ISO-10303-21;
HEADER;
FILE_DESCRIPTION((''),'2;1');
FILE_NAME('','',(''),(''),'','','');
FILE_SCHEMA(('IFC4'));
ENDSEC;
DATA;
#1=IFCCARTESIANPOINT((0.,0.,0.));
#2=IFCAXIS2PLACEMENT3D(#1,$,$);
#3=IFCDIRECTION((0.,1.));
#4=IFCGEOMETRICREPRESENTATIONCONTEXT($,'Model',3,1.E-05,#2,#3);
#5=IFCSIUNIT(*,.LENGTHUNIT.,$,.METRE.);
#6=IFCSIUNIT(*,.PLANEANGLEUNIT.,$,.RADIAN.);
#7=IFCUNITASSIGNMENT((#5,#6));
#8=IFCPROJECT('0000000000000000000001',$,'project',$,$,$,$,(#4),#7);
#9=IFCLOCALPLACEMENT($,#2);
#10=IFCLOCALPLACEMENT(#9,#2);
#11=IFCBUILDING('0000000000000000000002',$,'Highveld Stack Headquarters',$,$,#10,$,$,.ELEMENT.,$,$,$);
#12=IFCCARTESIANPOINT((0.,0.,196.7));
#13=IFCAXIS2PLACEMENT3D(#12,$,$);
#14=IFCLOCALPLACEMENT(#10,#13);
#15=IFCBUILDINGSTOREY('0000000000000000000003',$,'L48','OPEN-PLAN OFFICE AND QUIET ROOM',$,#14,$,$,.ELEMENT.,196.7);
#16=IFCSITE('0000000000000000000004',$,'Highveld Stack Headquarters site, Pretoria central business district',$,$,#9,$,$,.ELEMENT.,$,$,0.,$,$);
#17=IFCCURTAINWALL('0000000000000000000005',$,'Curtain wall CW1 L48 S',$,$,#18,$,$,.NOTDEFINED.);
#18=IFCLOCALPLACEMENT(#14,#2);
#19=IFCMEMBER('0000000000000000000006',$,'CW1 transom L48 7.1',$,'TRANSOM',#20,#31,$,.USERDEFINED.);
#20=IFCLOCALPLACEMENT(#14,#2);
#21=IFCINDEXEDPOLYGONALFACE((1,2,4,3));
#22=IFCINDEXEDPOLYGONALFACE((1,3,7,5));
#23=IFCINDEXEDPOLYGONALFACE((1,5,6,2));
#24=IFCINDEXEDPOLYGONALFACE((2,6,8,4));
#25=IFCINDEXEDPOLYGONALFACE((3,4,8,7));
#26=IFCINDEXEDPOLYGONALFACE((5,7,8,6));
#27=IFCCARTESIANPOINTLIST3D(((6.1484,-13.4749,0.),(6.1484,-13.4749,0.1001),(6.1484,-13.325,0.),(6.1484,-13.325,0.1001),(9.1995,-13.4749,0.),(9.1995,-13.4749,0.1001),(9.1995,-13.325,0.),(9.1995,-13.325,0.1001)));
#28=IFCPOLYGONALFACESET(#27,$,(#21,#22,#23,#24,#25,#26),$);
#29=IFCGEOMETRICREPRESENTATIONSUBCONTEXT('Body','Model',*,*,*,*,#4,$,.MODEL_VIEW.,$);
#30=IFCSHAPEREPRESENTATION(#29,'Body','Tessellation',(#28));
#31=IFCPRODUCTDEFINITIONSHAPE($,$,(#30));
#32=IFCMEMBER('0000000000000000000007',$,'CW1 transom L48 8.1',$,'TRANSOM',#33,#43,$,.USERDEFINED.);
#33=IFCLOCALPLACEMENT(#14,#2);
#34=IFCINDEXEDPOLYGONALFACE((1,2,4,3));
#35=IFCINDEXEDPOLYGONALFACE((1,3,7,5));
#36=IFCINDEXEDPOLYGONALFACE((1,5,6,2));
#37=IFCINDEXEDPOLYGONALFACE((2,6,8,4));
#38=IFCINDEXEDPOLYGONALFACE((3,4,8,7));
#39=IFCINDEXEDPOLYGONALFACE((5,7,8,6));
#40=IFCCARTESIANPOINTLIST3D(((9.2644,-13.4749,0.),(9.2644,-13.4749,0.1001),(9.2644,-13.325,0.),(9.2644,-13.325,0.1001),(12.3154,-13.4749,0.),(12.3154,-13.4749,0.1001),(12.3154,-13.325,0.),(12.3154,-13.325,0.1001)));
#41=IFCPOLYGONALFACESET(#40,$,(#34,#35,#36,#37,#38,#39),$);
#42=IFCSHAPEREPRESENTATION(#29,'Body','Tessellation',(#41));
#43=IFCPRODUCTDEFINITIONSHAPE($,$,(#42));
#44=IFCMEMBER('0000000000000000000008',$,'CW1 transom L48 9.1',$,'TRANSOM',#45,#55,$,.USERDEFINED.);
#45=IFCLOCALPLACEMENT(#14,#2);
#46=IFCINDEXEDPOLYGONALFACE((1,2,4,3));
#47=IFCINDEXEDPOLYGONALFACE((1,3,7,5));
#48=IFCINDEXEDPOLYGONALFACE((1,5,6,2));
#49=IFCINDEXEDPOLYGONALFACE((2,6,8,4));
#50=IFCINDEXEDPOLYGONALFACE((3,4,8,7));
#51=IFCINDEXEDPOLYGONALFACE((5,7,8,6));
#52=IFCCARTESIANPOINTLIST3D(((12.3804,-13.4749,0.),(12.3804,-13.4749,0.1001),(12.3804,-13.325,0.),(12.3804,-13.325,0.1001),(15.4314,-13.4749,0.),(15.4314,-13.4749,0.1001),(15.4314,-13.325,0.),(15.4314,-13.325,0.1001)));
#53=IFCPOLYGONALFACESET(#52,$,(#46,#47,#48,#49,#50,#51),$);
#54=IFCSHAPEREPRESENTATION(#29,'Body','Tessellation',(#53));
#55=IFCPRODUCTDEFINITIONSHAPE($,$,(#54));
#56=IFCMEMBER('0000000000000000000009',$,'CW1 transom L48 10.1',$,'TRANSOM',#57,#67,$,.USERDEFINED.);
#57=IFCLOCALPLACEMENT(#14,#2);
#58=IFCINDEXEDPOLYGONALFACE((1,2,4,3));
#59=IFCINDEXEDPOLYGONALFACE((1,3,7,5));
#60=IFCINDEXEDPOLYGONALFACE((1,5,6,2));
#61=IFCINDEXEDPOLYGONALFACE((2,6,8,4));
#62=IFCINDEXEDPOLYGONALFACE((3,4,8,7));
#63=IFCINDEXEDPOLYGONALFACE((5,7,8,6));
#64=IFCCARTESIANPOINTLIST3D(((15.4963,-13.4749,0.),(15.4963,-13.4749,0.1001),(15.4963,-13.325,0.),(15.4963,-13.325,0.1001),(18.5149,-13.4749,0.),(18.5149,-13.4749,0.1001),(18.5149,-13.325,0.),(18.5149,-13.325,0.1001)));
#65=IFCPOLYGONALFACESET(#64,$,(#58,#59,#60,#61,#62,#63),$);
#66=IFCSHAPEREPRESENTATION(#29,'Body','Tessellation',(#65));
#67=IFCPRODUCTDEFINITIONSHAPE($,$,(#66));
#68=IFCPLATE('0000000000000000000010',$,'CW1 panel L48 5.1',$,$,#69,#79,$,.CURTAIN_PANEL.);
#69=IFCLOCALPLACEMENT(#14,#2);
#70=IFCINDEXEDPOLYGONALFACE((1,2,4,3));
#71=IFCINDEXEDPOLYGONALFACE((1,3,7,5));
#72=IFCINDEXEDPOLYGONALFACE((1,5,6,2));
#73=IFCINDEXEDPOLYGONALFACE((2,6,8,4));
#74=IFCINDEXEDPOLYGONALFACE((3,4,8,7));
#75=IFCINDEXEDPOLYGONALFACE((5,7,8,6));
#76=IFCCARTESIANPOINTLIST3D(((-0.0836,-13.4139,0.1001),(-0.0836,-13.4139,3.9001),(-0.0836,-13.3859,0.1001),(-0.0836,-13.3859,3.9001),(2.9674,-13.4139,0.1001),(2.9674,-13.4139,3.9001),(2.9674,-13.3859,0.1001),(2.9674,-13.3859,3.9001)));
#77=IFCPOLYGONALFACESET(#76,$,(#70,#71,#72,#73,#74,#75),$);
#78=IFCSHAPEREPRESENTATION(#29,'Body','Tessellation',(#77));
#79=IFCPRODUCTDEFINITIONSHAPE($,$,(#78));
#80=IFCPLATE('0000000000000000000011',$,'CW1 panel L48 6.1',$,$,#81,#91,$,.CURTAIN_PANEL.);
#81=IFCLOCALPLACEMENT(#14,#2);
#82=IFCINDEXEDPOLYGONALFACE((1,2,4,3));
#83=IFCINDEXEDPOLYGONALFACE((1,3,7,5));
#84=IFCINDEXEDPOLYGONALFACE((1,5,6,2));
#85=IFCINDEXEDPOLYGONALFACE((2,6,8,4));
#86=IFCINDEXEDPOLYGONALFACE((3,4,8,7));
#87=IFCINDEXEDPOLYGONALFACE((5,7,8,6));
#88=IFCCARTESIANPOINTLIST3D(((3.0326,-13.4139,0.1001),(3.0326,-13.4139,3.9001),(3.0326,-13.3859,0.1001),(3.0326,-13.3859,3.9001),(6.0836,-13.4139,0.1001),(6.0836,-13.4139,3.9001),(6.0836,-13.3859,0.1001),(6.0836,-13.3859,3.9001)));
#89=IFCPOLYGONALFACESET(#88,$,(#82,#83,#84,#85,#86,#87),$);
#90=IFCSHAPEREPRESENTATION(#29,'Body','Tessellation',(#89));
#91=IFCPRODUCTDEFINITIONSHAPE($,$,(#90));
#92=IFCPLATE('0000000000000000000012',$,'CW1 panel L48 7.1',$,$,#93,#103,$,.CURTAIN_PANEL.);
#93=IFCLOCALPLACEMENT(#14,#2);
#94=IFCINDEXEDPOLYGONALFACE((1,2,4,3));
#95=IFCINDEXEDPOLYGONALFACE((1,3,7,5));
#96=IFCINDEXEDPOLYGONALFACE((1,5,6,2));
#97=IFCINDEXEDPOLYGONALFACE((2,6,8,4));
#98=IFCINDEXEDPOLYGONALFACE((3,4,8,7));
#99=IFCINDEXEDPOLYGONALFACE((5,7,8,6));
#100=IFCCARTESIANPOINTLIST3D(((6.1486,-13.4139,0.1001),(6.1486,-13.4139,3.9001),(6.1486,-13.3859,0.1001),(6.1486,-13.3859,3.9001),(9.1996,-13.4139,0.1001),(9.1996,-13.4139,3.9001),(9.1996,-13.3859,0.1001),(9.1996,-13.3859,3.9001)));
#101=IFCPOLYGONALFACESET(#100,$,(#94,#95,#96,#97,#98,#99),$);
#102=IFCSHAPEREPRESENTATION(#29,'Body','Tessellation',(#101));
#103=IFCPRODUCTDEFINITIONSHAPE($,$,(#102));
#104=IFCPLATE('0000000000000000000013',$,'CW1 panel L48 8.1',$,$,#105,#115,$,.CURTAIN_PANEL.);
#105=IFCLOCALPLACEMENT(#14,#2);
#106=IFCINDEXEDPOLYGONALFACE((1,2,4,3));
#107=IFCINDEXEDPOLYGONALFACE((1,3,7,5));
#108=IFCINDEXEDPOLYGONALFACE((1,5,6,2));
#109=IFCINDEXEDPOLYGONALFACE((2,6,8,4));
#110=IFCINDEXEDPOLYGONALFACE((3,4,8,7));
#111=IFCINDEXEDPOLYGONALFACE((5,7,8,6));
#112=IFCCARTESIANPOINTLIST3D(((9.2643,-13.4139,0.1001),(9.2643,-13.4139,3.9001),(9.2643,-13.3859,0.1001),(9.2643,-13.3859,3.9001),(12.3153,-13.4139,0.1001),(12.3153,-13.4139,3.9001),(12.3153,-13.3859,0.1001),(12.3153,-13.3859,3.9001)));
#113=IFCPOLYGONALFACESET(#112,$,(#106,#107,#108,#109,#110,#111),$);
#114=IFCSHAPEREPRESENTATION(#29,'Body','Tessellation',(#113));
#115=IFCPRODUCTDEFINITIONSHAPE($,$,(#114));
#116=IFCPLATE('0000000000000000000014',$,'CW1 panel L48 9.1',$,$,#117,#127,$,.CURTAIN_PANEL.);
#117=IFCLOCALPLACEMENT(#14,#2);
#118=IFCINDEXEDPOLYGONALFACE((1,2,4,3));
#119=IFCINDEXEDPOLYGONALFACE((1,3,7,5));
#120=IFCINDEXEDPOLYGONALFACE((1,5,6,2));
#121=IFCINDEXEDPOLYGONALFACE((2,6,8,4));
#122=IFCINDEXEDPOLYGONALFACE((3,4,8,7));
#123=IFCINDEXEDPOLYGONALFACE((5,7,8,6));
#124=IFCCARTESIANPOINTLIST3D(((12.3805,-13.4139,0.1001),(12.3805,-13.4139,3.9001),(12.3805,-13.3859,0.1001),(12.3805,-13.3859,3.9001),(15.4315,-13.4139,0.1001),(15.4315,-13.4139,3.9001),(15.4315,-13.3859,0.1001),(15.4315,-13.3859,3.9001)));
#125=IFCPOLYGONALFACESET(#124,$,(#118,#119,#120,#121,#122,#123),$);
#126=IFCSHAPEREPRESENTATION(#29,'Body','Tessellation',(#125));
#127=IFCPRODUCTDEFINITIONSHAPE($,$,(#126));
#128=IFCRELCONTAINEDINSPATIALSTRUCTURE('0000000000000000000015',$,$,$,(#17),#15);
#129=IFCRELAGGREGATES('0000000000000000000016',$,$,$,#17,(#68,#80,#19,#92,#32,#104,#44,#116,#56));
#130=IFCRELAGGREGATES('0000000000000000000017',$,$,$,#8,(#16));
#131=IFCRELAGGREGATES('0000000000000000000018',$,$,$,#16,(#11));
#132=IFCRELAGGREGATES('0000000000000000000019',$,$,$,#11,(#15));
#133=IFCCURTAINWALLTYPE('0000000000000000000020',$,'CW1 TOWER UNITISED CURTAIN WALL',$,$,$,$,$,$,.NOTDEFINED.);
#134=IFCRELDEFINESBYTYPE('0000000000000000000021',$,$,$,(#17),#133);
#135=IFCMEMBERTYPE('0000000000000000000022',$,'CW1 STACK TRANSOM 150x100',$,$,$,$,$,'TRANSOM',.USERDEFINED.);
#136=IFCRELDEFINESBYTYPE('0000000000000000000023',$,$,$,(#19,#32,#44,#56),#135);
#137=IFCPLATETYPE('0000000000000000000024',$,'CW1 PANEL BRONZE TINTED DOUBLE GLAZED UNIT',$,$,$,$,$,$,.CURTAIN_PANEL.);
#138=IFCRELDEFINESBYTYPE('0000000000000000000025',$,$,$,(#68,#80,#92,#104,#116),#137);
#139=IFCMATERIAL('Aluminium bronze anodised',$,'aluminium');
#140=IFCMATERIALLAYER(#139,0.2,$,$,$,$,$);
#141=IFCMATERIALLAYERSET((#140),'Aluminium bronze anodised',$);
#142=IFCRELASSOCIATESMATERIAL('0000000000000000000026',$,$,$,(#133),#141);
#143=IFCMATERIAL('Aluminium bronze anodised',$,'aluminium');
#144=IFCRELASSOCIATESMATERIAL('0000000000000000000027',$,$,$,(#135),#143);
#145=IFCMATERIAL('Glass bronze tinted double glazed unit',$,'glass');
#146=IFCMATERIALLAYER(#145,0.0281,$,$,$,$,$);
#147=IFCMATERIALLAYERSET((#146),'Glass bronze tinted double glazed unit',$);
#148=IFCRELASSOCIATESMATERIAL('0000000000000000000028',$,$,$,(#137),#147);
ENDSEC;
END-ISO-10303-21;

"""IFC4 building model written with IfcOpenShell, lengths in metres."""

from ifc_helpers import new_model, si_unit, direction, frame, origin, origin_2d, place, context, subcontext, project, spatial, rectangle, extrude, material, layer, layer_set, material_profile, profile_set, type_object, element, aggregate, save


model = new_model("IFC4")

# Units and contexts
model_context = context("Model", 3, precision=1e-05, world=origin(), true_north=direction((0.0, 1.0)))
body_context = subcontext(model_context, "Body", "Model", "MODEL_VIEW")
ifc_project = project(units=[si_unit("LENGTHUNIT", "METRE"), si_unit("PLANEANGLEUNIT", "RADIAN")], contexts=[model_context])

# Site, building, storey
site_placement = place(None, origin())
site = spatial("IfcSite", under=ifc_project, at=site_placement, Name="Highveld Stack Headquarters site, Pretoria central business district", CompositionType="ELEMENT", RefElevation=0.0)
building_placement = place(site_placement, origin())
building = spatial("IfcBuilding", under=site, at=building_placement, Name="Highveld Stack Headquarters", CompositionType="ELEMENT")
storey_placement = place(building_placement, frame((0.0, 0.0, 196.7)))
storey = spatial("IfcBuildingStorey", under=building, at=storey_placement, Name="L48", Description="OPEN-PLAN OFFICE AND QUIET ROOM", CompositionType="ELEMENT", Elevation=196.7)

# Curtain wall, members, plates
ifc_material_1 = material(Name="Aluminium bronze anodised", Category="aluminium")
ifc_layer_1 = layer(ifc_material_1, 0.2)
ifc_layer_set_1 = layer_set([ifc_layer_1], Name="Aluminium bronze anodised")
curtain_wall_type = type_object("IfcCurtainWallType", Name="CW1 TOWER UNITISED CURTAIN WALL", PredefinedType="NOTDEFINED", material=ifc_layer_set_1)
curtain_wall_placement = place(storey_placement, origin())
curtain_wall = element("IfcCurtainWall", 1, at=curtain_wall_placement, inside=storey, type_object=curtain_wall_type, Name="Curtain wall CW1 L48 S", PredefinedType="NOTDEFINED")
ifc_material_2 = material(Name="Aluminium bronze anodised", Category="aluminium")
ifc_material_profile_1 = material_profile(ifc_material_2, rectangle(XDim=0.1499, YDim=0.1001, at=origin_2d()), Name="CW1 TRANSOM 150x100")
ifc_profile_set_1 = profile_set([ifc_material_profile_1], Name="Aluminium bronze anodised")
member_type_1 = type_object("IfcMemberType", Name="CW1 STACK TRANSOM 150x100", ElementType="TRANSOM", PredefinedType="USERDEFINED", material=ifc_profile_set_1)
member_1_placement = place(storey_placement, frame((6.1484, -13.3999, 0.05), z_axis=(1.0, 0.0, 0.0), x_axis=(0.0, 1.0, 0.0)))
member_1 = element("IfcMember", 2, at=member_1_placement, type_object=member_type_1, Name="CW1 transom L48 7.1", ObjectType="TRANSOM", PredefinedType="USERDEFINED", context=body_context, shape_type="SweptSolid", body=[
    extrude(rectangle(XDim=0.1499, YDim=0.1001, at=origin_2d()), origin(), (0.0, 0.0, 1.0), 3.051),
])
member_2_placement = place(storey_placement, frame((9.2644, -13.3999, 0.05), z_axis=(1.0, 0.0, 0.0), x_axis=(0.0, 1.0, 0.0)))
member_2 = element("IfcMember", 3, at=member_2_placement, type_object=member_type_1, Name="CW1 transom L48 8.1", ObjectType="TRANSOM", PredefinedType="USERDEFINED", context=body_context, shape_type="SweptSolid", body=[
    extrude(rectangle(XDim=0.1499, YDim=0.1001, at=origin_2d()), origin(), (0.0, 0.0, 1.0), 3.051),
])
member_3_placement = place(storey_placement, frame((12.3804, -13.3999, 0.05), z_axis=(1.0, 0.0, 0.0), x_axis=(0.0, 1.0, 0.0)))
member_3 = element("IfcMember", 4, at=member_3_placement, type_object=member_type_1, Name="CW1 transom L48 9.1", ObjectType="TRANSOM", PredefinedType="USERDEFINED", context=body_context, shape_type="SweptSolid", body=[
    extrude(rectangle(XDim=0.1499, YDim=0.1001, at=origin_2d()), origin(), (0.0, 0.0, 1.0), 3.051),
])
member_4_placement = place(storey_placement, frame((15.4963, -13.3999, 0.05), z_axis=(1.0, 0.0, 0.0), x_axis=(0.0, 1.0, 0.0)))
member_4 = element("IfcMember", 5, at=member_4_placement, type_object=member_type_1, Name="CW1 transom L48 10.1", ObjectType="TRANSOM", PredefinedType="USERDEFINED", context=body_context, shape_type="SweptSolid", body=[
    extrude(rectangle(XDim=0.1499, YDim=0.1001, at=origin_2d()), origin(), (0.0, 0.0, 1.0), 3.0186),
])
ifc_material_3 = material(Name="Glass bronze tinted double glazed unit", Category="glass")
ifc_layer_2 = layer(ifc_material_3, 0.0281)
ifc_layer_set_2 = layer_set([ifc_layer_2], Name="Glass bronze tinted double glazed unit")
plate_type = type_object("IfcPlateType", Name="CW1 PANEL BRONZE TINTED DOUBLE GLAZED UNIT", PredefinedType="CURTAIN_PANEL", material=ifc_layer_set_2)
plate_1_placement = place(storey_placement, frame((1.4419, -13.3999, 0.1001), z_axis=(0.0, 0.0, 1.0), x_axis=(1.0, 0.0, 0.0)))
plate_1 = element("IfcPlate", 6, at=plate_1_placement, type_object=plate_type, Name="CW1 panel L48 5.1", PredefinedType="CURTAIN_PANEL", context=body_context, shape_type="SweptSolid", body=[
    extrude(rectangle(XDim=3.051, YDim=0.0281, at=origin_2d()), origin(), (0.0, 0.0, 1.0), 3.8),
])
plate_2_placement = place(storey_placement, frame((4.5581, -13.3999, 0.1001), z_axis=(0.0, 0.0, 1.0), x_axis=(1.0, 0.0, 0.0)))
plate_2 = element("IfcPlate", 7, at=plate_2_placement, type_object=plate_type, Name="CW1 panel L48 6.1", PredefinedType="CURTAIN_PANEL", context=body_context, shape_type="SweptSolid", body=[
    extrude(rectangle(XDim=3.051, YDim=0.0281, at=origin_2d()), origin(), (0.0, 0.0, 1.0), 3.8),
])
plate_3_placement = place(storey_placement, frame((7.6741, -13.3999, 0.1001), z_axis=(0.0, 0.0, 1.0), x_axis=(1.0, 0.0, 0.0)))
plate_3 = element("IfcPlate", 8, at=plate_3_placement, type_object=plate_type, Name="CW1 panel L48 7.1", PredefinedType="CURTAIN_PANEL", context=body_context, shape_type="SweptSolid", body=[
    extrude(rectangle(XDim=3.051, YDim=0.0281, at=origin_2d()), origin(), (0.0, 0.0, 1.0), 3.8),
])
plate_4_placement = place(storey_placement, frame((10.7898, -13.3999, 0.1001), z_axis=(0.0, 0.0, 1.0), x_axis=(1.0, 0.0, 0.0)))
plate_4 = element("IfcPlate", 9, at=plate_4_placement, type_object=plate_type, Name="CW1 panel L48 8.1", PredefinedType="CURTAIN_PANEL", context=body_context, shape_type="SweptSolid", body=[
    extrude(rectangle(XDim=3.051, YDim=0.0281, at=origin_2d()), origin(), (0.0, 0.0, 1.0), 3.8),
])
plate_5_placement = place(storey_placement, frame((13.906, -13.3999, 0.1001), z_axis=(0.0, 0.0, 1.0), x_axis=(1.0, 0.0, 0.0)))
plate_5 = element("IfcPlate", 10, at=plate_5_placement, type_object=plate_type, Name="CW1 panel L48 9.1", PredefinedType="CURTAIN_PANEL", context=body_context, shape_type="SweptSolid", body=[
    extrude(rectangle(XDim=3.051, YDim=0.0281, at=origin_2d()), origin(), (0.0, 0.0, 1.0), 3.8),
])
aggregate(curtain_wall, [plate_1, plate_2, member_1, plate_3, member_2, plate_4, member_3, plate_5, member_4])

save(model, "model.ifc")
